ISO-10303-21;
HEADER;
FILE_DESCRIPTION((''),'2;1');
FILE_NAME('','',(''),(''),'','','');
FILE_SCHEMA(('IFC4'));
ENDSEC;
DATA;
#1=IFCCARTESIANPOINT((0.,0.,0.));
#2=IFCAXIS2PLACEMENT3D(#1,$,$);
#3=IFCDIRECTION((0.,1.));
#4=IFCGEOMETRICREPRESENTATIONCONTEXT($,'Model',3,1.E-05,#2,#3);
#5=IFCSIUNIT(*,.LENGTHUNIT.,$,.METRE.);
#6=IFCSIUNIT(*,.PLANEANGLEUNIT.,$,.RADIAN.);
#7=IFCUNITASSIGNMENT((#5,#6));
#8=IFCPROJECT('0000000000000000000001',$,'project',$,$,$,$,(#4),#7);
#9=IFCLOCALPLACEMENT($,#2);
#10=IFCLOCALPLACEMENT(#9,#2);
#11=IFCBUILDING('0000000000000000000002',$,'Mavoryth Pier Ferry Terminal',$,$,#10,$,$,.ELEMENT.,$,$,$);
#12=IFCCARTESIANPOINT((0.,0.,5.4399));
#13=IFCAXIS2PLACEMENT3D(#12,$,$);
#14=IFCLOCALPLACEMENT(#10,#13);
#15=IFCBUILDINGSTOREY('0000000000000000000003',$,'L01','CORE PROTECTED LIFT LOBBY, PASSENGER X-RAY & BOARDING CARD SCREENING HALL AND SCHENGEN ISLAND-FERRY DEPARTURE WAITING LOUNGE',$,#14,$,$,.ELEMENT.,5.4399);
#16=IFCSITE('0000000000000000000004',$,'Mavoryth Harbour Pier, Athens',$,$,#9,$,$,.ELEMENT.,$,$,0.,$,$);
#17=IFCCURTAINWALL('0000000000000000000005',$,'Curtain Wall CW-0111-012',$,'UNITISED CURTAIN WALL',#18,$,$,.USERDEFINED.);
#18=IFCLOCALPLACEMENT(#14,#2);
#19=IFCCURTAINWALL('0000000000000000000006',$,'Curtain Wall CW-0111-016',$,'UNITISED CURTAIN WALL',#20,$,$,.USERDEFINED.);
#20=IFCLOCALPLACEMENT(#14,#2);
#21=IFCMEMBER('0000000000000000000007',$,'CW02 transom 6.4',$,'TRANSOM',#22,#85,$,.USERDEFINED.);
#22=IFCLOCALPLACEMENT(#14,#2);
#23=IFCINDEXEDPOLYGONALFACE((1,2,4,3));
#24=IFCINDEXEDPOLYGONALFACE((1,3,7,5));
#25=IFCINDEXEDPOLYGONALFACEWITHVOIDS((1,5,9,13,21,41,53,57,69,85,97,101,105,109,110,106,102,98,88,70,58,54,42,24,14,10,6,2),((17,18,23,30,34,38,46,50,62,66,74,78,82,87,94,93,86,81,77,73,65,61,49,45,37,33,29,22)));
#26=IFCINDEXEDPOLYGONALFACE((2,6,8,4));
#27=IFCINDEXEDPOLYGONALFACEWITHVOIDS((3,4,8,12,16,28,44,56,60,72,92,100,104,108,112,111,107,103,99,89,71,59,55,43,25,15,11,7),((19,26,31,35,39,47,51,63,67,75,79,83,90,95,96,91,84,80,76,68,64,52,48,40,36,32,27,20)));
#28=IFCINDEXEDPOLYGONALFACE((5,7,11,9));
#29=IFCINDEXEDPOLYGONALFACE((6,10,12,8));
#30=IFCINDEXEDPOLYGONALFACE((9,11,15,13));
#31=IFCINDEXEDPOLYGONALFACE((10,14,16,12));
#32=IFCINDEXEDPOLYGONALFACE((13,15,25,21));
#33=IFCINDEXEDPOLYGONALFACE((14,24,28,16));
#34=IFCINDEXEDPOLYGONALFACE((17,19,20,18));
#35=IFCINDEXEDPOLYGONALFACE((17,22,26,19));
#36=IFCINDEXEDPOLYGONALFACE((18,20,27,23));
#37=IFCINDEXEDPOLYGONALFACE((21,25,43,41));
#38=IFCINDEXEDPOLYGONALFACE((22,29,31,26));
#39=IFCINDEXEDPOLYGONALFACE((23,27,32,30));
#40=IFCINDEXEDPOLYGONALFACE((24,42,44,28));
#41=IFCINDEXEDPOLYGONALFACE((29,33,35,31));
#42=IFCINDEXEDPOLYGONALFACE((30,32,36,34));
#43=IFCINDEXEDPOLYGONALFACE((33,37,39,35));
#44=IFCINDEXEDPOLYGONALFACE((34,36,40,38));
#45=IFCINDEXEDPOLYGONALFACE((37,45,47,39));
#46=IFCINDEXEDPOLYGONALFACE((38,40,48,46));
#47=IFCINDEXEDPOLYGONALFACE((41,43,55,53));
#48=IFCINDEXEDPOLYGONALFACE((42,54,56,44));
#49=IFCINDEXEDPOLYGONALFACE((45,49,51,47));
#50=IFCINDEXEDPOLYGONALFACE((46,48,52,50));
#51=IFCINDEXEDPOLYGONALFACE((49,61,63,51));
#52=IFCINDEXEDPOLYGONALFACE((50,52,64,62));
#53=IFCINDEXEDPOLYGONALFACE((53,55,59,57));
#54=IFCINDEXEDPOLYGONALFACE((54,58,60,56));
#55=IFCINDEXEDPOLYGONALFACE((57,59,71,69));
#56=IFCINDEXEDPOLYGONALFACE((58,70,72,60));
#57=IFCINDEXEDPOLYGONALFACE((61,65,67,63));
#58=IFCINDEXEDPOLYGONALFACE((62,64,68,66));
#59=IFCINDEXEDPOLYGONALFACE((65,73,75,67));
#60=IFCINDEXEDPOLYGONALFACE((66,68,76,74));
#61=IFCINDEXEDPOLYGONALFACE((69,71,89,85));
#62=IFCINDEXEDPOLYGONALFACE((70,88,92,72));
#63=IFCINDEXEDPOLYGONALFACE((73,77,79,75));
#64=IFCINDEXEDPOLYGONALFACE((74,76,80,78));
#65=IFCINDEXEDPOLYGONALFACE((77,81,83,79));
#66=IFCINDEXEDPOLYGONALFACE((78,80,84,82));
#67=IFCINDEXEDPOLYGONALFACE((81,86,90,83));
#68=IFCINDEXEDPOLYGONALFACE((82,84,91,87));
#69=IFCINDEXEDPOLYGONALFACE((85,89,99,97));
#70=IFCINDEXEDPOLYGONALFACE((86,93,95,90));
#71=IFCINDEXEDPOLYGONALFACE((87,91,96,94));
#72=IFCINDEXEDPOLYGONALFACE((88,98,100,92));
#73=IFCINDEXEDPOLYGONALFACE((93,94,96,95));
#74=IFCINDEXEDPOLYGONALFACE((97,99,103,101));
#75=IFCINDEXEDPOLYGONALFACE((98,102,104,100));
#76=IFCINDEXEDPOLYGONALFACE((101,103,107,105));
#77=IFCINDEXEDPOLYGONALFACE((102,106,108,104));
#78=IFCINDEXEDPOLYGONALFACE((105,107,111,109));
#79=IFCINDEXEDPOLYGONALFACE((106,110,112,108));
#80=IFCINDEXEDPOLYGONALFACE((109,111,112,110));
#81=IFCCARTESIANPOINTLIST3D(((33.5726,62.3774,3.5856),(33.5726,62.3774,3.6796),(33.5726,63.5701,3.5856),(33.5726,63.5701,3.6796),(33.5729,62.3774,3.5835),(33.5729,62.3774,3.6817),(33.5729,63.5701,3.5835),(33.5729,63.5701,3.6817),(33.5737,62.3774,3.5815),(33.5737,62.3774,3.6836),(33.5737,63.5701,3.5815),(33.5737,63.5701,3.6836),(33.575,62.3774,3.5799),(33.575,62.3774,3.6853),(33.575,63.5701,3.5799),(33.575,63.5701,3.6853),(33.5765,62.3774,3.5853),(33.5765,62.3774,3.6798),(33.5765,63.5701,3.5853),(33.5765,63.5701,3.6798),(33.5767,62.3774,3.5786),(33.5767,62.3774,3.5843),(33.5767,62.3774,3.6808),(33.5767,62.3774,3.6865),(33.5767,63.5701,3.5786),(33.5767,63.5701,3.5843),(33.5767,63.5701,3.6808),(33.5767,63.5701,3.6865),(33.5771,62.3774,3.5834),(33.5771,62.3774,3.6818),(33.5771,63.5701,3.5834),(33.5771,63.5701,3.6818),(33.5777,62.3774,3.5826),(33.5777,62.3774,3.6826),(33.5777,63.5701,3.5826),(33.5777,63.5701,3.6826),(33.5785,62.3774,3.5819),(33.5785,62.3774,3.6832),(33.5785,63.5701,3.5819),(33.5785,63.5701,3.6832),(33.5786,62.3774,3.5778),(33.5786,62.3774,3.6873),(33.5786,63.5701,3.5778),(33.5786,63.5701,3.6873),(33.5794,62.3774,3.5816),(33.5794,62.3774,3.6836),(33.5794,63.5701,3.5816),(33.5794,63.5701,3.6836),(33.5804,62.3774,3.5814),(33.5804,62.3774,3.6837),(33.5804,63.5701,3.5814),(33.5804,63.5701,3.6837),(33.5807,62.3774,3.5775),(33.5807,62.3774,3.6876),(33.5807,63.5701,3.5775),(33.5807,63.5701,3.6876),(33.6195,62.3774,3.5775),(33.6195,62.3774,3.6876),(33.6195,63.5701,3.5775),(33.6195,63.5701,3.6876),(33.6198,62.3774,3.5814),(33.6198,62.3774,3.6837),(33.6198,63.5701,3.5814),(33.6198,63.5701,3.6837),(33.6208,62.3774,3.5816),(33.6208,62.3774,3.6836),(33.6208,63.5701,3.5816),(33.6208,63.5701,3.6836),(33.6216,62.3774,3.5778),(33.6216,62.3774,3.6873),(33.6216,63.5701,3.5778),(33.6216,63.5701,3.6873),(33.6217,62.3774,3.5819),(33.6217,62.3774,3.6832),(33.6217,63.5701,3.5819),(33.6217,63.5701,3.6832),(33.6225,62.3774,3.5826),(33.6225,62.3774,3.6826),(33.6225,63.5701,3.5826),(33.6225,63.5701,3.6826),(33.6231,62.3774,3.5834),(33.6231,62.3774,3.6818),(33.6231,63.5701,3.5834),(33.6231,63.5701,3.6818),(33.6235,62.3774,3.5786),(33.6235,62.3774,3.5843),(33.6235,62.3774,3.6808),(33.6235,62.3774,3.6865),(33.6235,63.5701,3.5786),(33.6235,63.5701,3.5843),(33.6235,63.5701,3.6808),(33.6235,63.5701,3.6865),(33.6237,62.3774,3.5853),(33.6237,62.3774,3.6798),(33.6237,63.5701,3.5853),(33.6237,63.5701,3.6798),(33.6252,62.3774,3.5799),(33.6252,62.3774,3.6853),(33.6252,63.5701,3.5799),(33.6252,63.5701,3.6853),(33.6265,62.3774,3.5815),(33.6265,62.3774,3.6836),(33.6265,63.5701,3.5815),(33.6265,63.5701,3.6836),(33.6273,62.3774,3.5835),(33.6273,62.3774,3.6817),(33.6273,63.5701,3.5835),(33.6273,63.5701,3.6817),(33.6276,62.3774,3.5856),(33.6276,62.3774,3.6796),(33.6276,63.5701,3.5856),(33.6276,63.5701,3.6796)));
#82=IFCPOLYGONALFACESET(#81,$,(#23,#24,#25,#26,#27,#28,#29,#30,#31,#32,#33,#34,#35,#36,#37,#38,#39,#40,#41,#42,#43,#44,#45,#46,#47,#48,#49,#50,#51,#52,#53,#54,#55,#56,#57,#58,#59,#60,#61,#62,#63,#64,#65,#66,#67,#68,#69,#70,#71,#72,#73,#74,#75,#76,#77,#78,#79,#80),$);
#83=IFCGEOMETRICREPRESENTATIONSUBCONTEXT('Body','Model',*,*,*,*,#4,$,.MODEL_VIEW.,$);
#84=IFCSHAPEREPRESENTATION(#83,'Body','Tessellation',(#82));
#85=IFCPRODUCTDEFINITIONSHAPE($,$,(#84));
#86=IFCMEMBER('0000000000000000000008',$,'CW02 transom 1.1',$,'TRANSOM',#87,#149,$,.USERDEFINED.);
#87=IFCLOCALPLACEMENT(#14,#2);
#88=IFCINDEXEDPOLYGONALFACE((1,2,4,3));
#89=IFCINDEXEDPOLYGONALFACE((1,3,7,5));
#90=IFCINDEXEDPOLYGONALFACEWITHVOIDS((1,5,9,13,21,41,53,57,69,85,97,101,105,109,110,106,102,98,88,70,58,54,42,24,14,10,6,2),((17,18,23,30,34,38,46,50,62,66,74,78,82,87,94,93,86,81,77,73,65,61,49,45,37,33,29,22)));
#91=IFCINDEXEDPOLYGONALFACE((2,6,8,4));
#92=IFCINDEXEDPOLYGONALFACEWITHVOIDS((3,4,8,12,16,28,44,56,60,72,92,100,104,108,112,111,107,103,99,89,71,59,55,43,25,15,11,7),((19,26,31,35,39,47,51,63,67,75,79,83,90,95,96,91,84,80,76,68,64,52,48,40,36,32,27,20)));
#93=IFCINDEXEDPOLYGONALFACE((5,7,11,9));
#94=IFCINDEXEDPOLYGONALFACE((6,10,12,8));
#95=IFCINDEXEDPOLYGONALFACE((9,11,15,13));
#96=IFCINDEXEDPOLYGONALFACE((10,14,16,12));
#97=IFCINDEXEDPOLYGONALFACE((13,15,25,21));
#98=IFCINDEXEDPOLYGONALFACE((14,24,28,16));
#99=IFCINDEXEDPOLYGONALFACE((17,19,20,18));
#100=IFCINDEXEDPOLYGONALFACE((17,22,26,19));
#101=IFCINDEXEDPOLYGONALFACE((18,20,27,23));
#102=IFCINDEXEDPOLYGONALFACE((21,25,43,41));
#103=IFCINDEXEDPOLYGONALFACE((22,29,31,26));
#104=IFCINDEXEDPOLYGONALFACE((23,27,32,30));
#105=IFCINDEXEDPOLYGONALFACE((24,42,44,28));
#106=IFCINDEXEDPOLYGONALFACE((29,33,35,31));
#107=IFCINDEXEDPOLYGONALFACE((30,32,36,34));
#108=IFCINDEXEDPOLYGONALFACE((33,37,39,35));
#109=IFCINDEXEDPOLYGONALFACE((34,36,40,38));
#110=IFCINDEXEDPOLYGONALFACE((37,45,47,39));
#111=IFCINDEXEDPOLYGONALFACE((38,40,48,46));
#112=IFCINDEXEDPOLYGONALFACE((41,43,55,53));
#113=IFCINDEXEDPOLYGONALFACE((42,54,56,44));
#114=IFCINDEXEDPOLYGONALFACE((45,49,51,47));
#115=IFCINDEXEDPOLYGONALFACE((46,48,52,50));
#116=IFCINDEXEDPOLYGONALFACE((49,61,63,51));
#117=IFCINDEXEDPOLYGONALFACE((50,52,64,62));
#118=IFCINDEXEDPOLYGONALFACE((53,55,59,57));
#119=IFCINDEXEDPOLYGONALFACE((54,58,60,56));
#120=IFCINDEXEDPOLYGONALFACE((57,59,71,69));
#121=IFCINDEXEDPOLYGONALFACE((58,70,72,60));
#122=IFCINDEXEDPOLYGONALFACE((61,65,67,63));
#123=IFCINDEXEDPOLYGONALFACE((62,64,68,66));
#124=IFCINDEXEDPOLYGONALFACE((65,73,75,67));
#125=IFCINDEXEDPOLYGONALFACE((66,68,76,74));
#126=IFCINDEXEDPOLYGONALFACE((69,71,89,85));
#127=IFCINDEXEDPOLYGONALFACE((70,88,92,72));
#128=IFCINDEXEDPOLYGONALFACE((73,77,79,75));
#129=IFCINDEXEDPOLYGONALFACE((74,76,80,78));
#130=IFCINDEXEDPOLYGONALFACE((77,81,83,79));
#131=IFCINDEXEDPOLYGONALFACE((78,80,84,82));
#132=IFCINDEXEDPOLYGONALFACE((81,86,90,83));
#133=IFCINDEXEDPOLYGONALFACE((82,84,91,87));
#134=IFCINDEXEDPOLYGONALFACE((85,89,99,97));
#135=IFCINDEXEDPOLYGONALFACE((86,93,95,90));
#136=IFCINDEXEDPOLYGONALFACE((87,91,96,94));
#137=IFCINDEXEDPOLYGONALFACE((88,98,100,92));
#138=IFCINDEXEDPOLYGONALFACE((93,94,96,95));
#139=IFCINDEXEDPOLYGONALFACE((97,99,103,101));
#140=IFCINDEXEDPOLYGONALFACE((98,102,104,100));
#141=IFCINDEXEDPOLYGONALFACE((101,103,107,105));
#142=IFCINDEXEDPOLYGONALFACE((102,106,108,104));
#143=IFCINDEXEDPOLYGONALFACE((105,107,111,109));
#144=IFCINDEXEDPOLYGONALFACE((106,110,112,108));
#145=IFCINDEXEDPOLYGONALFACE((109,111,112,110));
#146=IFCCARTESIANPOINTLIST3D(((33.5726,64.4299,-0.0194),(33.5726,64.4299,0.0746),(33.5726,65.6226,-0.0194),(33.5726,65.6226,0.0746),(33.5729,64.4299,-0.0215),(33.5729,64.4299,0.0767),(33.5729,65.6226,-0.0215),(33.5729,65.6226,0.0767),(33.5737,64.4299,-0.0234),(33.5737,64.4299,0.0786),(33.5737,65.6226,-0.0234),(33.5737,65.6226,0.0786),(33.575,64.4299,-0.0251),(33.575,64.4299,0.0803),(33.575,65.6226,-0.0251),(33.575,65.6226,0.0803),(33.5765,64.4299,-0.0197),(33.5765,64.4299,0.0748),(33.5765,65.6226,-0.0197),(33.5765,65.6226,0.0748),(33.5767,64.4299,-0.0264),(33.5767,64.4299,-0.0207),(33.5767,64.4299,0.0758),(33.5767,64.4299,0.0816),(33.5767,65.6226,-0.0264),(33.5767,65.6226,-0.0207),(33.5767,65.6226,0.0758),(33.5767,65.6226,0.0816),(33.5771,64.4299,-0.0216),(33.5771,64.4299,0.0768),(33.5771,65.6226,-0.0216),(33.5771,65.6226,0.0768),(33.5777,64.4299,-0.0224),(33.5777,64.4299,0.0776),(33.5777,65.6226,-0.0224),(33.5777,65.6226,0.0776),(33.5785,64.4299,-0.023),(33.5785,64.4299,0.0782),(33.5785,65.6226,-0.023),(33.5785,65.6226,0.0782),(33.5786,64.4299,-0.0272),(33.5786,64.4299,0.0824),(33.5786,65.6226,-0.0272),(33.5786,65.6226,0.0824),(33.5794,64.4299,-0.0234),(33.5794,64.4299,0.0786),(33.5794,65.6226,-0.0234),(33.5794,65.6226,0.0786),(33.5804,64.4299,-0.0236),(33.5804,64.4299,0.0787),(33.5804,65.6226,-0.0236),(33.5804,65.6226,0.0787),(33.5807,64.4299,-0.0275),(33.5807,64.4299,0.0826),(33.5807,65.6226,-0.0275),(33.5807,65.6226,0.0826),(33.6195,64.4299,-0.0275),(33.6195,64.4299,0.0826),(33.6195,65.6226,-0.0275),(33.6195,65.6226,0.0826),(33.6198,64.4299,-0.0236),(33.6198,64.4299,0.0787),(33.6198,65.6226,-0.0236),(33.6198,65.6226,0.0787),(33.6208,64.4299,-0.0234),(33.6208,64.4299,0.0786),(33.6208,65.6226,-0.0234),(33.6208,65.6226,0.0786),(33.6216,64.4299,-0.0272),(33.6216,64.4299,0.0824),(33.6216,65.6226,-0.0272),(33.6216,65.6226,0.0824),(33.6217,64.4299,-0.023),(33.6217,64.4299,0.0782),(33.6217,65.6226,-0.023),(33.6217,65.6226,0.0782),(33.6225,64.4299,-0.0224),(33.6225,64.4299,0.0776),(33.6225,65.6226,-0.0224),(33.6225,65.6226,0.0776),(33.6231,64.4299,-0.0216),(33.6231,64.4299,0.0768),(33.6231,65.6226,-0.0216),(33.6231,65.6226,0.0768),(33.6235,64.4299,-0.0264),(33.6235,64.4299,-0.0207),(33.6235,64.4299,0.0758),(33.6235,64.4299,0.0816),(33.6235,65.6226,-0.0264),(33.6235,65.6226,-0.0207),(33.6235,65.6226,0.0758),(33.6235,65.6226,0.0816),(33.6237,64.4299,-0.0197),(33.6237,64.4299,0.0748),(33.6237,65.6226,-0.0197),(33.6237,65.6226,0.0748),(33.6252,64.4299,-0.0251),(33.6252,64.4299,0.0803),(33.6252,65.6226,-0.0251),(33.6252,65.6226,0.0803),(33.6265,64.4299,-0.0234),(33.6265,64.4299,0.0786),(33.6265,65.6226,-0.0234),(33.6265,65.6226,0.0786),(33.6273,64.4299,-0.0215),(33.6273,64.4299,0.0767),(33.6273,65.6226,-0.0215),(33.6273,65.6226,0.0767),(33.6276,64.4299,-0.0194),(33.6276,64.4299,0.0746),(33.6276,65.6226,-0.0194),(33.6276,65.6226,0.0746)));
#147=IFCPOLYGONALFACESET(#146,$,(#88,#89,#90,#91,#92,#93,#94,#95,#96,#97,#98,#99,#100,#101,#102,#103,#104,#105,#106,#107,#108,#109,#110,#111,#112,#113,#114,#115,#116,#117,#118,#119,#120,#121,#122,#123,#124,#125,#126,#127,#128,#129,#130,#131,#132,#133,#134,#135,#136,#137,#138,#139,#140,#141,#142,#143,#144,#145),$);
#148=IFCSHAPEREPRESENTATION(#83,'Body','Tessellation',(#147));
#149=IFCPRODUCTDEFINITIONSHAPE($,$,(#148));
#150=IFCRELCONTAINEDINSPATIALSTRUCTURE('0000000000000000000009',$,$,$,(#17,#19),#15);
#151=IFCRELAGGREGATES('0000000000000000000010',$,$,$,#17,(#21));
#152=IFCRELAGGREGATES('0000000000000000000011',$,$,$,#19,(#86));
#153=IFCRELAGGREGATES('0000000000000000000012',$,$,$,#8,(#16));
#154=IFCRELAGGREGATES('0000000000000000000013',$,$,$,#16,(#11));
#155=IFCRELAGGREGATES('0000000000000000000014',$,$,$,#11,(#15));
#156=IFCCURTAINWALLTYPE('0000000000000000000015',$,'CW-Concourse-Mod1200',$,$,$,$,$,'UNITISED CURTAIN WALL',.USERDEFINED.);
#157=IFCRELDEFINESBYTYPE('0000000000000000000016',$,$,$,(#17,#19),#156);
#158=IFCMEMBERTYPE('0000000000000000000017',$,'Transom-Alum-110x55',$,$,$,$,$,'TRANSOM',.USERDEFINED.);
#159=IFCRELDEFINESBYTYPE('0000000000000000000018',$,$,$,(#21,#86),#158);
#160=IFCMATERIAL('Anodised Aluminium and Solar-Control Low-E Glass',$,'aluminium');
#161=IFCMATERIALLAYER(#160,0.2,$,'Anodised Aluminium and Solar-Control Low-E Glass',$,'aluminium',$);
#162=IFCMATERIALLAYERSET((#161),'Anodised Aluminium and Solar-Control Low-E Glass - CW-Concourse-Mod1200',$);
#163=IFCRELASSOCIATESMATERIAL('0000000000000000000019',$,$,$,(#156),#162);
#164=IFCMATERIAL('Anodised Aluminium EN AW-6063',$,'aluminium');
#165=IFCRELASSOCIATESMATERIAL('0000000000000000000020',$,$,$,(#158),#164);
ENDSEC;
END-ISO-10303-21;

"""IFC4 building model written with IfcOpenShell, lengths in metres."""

from ifc_helpers import new_model, si_unit, direction, frame, origin, origin_2d, place, context, subcontext, project, spatial, hollow_rectangle, extrude, material, layer, layer_set, material_profile, profile_set, type_object, element, aggregate, save


model = new_model("IFC4")

# Units and contexts
model_context = context("Model", 3, precision=1e-05, world=origin(), true_north=direction((0.0, 1.0)))
body_context = subcontext(model_context, "Body", "Model", "MODEL_VIEW")
ifc_project = project(units=[si_unit("LENGTHUNIT", "METRE"), si_unit("PLANEANGLEUNIT", "RADIAN")], contexts=[model_context])

# Site, building, storey
site_placement = place(None, origin())
site = spatial("IfcSite", under=ifc_project, at=site_placement, Name="Mavoryth Harbour Pier, Athens", CompositionType="ELEMENT", RefElevation=0.0)
building_placement = place(site_placement, origin())
building = spatial("IfcBuilding", under=site, at=building_placement, Name="Mavoryth Pier Ferry Terminal", CompositionType="ELEMENT")
storey_placement = place(building_placement, frame((0.0, 0.0, 5.4399)))
storey = spatial("IfcBuildingStorey", under=building, at=storey_placement, Name="L01", Description="CORE PROTECTED LIFT LOBBY, PASSENGER X-RAY & BOARDING CARD SCREENING HALL AND SCHENGEN ISLAND-FERRY DEPARTURE WAITING LOUNGE", CompositionType="ELEMENT", Elevation=5.4399)

# Curtain walls
ifc_material_1 = material(Name="Anodised Aluminium and Solar-Control Low-E Glass", Category="aluminium")
ifc_layer_1 = layer(ifc_material_1, 0.2, Name="Anodised Aluminium and Solar-Control Low-E Glass", Category="aluminium")
ifc_layer_set_1 = layer_set([ifc_layer_1], Name="Anodised Aluminium and Solar-Control Low-E Glass - CW-Concourse-Mod1200")
curtain_wall_type = type_object("IfcCurtainWallType", Name="CW-Concourse-Mod1200", ElementType="UNITISED CURTAIN WALL", PredefinedType="USERDEFINED", material=ifc_layer_set_1)
curtain_wall_1_placement = place(storey_placement, origin())
curtain_wall_1 = element("IfcCurtainWall", 1, at=curtain_wall_1_placement, inside=storey, type_object=curtain_wall_type, Name="Curtain Wall CW-0111-012", ObjectType="UNITISED CURTAIN WALL", PredefinedType="USERDEFINED")
ifc_material_2 = material(Name="Anodised Aluminium EN AW-6063", Category="aluminium")
curtain_wall_2_placement = place(storey_placement, origin())
curtain_wall_2 = element("IfcCurtainWall", 2, at=curtain_wall_2_placement, inside=storey, type_object=curtain_wall_type, Name="Curtain Wall CW-0111-016", ObjectType="UNITISED CURTAIN WALL", PredefinedType="USERDEFINED")

# Members
ifc_material_profile_1 = material_profile(ifc_material_2, hollow_rectangle(XDim=0.0549, YDim=0.1101, WallThickness=0.0039, InnerFilletRadius=0.0039, OuterFilletRadius=0.0081, at=origin_2d()), Name="AL-TRAN 110x55x4", Category="aluminium")
ifc_profile_set_1 = profile_set([ifc_material_profile_1], Name="Anodised Aluminium EN AW-6063 - AL-TRAN 110x55x4")
member_type_1 = type_object("IfcMemberType", Name="Transom-Alum-110x55", ElementType="TRANSOM", PredefinedType="USERDEFINED", material=ifc_profile_set_1)
member_1_placement = place(storey_placement, frame((33.6001, 62.3774, 3.6326), z_axis=(0.0, 1.0, 0.0), x_axis=(-1.0, 0.0, 0.0)))
member_1 = element("IfcMember", 3, at=member_1_placement, type_object=member_type_1, Name="CW02 transom 6.4", ObjectType="TRANSOM", PredefinedType="USERDEFINED", context=body_context, shape_type="SweptSolid", body=[
    extrude(hollow_rectangle(XDim=0.0549, YDim=0.1101, WallThickness=0.0039, InnerFilletRadius=0.0039, OuterFilletRadius=0.0081, at=origin_2d()), origin(), (0.0, 0.0, 1.0), 1.1926),
])
member_2_placement = place(storey_placement, frame((33.6001, 64.4299, 0.0276), z_axis=(0.0, 1.0, 0.0), x_axis=(-1.0, 0.0, 0.0)))
member_2 = element("IfcMember", 4, at=member_2_placement, type_object=member_type_1, Name="CW02 transom 1.1", ObjectType="TRANSOM", PredefinedType="USERDEFINED", context=body_context, shape_type="SweptSolid", body=[
    extrude(hollow_rectangle(XDim=0.0549, YDim=0.1101, WallThickness=0.0039, InnerFilletRadius=0.0039, OuterFilletRadius=0.0081, at=origin_2d()), origin(), (0.0, 0.0, 1.0), 1.1926),
])

aggregate(curtain_wall_1, [member_1])
aggregate(curtain_wall_2, [member_2])

save(model, "model.ifc")
